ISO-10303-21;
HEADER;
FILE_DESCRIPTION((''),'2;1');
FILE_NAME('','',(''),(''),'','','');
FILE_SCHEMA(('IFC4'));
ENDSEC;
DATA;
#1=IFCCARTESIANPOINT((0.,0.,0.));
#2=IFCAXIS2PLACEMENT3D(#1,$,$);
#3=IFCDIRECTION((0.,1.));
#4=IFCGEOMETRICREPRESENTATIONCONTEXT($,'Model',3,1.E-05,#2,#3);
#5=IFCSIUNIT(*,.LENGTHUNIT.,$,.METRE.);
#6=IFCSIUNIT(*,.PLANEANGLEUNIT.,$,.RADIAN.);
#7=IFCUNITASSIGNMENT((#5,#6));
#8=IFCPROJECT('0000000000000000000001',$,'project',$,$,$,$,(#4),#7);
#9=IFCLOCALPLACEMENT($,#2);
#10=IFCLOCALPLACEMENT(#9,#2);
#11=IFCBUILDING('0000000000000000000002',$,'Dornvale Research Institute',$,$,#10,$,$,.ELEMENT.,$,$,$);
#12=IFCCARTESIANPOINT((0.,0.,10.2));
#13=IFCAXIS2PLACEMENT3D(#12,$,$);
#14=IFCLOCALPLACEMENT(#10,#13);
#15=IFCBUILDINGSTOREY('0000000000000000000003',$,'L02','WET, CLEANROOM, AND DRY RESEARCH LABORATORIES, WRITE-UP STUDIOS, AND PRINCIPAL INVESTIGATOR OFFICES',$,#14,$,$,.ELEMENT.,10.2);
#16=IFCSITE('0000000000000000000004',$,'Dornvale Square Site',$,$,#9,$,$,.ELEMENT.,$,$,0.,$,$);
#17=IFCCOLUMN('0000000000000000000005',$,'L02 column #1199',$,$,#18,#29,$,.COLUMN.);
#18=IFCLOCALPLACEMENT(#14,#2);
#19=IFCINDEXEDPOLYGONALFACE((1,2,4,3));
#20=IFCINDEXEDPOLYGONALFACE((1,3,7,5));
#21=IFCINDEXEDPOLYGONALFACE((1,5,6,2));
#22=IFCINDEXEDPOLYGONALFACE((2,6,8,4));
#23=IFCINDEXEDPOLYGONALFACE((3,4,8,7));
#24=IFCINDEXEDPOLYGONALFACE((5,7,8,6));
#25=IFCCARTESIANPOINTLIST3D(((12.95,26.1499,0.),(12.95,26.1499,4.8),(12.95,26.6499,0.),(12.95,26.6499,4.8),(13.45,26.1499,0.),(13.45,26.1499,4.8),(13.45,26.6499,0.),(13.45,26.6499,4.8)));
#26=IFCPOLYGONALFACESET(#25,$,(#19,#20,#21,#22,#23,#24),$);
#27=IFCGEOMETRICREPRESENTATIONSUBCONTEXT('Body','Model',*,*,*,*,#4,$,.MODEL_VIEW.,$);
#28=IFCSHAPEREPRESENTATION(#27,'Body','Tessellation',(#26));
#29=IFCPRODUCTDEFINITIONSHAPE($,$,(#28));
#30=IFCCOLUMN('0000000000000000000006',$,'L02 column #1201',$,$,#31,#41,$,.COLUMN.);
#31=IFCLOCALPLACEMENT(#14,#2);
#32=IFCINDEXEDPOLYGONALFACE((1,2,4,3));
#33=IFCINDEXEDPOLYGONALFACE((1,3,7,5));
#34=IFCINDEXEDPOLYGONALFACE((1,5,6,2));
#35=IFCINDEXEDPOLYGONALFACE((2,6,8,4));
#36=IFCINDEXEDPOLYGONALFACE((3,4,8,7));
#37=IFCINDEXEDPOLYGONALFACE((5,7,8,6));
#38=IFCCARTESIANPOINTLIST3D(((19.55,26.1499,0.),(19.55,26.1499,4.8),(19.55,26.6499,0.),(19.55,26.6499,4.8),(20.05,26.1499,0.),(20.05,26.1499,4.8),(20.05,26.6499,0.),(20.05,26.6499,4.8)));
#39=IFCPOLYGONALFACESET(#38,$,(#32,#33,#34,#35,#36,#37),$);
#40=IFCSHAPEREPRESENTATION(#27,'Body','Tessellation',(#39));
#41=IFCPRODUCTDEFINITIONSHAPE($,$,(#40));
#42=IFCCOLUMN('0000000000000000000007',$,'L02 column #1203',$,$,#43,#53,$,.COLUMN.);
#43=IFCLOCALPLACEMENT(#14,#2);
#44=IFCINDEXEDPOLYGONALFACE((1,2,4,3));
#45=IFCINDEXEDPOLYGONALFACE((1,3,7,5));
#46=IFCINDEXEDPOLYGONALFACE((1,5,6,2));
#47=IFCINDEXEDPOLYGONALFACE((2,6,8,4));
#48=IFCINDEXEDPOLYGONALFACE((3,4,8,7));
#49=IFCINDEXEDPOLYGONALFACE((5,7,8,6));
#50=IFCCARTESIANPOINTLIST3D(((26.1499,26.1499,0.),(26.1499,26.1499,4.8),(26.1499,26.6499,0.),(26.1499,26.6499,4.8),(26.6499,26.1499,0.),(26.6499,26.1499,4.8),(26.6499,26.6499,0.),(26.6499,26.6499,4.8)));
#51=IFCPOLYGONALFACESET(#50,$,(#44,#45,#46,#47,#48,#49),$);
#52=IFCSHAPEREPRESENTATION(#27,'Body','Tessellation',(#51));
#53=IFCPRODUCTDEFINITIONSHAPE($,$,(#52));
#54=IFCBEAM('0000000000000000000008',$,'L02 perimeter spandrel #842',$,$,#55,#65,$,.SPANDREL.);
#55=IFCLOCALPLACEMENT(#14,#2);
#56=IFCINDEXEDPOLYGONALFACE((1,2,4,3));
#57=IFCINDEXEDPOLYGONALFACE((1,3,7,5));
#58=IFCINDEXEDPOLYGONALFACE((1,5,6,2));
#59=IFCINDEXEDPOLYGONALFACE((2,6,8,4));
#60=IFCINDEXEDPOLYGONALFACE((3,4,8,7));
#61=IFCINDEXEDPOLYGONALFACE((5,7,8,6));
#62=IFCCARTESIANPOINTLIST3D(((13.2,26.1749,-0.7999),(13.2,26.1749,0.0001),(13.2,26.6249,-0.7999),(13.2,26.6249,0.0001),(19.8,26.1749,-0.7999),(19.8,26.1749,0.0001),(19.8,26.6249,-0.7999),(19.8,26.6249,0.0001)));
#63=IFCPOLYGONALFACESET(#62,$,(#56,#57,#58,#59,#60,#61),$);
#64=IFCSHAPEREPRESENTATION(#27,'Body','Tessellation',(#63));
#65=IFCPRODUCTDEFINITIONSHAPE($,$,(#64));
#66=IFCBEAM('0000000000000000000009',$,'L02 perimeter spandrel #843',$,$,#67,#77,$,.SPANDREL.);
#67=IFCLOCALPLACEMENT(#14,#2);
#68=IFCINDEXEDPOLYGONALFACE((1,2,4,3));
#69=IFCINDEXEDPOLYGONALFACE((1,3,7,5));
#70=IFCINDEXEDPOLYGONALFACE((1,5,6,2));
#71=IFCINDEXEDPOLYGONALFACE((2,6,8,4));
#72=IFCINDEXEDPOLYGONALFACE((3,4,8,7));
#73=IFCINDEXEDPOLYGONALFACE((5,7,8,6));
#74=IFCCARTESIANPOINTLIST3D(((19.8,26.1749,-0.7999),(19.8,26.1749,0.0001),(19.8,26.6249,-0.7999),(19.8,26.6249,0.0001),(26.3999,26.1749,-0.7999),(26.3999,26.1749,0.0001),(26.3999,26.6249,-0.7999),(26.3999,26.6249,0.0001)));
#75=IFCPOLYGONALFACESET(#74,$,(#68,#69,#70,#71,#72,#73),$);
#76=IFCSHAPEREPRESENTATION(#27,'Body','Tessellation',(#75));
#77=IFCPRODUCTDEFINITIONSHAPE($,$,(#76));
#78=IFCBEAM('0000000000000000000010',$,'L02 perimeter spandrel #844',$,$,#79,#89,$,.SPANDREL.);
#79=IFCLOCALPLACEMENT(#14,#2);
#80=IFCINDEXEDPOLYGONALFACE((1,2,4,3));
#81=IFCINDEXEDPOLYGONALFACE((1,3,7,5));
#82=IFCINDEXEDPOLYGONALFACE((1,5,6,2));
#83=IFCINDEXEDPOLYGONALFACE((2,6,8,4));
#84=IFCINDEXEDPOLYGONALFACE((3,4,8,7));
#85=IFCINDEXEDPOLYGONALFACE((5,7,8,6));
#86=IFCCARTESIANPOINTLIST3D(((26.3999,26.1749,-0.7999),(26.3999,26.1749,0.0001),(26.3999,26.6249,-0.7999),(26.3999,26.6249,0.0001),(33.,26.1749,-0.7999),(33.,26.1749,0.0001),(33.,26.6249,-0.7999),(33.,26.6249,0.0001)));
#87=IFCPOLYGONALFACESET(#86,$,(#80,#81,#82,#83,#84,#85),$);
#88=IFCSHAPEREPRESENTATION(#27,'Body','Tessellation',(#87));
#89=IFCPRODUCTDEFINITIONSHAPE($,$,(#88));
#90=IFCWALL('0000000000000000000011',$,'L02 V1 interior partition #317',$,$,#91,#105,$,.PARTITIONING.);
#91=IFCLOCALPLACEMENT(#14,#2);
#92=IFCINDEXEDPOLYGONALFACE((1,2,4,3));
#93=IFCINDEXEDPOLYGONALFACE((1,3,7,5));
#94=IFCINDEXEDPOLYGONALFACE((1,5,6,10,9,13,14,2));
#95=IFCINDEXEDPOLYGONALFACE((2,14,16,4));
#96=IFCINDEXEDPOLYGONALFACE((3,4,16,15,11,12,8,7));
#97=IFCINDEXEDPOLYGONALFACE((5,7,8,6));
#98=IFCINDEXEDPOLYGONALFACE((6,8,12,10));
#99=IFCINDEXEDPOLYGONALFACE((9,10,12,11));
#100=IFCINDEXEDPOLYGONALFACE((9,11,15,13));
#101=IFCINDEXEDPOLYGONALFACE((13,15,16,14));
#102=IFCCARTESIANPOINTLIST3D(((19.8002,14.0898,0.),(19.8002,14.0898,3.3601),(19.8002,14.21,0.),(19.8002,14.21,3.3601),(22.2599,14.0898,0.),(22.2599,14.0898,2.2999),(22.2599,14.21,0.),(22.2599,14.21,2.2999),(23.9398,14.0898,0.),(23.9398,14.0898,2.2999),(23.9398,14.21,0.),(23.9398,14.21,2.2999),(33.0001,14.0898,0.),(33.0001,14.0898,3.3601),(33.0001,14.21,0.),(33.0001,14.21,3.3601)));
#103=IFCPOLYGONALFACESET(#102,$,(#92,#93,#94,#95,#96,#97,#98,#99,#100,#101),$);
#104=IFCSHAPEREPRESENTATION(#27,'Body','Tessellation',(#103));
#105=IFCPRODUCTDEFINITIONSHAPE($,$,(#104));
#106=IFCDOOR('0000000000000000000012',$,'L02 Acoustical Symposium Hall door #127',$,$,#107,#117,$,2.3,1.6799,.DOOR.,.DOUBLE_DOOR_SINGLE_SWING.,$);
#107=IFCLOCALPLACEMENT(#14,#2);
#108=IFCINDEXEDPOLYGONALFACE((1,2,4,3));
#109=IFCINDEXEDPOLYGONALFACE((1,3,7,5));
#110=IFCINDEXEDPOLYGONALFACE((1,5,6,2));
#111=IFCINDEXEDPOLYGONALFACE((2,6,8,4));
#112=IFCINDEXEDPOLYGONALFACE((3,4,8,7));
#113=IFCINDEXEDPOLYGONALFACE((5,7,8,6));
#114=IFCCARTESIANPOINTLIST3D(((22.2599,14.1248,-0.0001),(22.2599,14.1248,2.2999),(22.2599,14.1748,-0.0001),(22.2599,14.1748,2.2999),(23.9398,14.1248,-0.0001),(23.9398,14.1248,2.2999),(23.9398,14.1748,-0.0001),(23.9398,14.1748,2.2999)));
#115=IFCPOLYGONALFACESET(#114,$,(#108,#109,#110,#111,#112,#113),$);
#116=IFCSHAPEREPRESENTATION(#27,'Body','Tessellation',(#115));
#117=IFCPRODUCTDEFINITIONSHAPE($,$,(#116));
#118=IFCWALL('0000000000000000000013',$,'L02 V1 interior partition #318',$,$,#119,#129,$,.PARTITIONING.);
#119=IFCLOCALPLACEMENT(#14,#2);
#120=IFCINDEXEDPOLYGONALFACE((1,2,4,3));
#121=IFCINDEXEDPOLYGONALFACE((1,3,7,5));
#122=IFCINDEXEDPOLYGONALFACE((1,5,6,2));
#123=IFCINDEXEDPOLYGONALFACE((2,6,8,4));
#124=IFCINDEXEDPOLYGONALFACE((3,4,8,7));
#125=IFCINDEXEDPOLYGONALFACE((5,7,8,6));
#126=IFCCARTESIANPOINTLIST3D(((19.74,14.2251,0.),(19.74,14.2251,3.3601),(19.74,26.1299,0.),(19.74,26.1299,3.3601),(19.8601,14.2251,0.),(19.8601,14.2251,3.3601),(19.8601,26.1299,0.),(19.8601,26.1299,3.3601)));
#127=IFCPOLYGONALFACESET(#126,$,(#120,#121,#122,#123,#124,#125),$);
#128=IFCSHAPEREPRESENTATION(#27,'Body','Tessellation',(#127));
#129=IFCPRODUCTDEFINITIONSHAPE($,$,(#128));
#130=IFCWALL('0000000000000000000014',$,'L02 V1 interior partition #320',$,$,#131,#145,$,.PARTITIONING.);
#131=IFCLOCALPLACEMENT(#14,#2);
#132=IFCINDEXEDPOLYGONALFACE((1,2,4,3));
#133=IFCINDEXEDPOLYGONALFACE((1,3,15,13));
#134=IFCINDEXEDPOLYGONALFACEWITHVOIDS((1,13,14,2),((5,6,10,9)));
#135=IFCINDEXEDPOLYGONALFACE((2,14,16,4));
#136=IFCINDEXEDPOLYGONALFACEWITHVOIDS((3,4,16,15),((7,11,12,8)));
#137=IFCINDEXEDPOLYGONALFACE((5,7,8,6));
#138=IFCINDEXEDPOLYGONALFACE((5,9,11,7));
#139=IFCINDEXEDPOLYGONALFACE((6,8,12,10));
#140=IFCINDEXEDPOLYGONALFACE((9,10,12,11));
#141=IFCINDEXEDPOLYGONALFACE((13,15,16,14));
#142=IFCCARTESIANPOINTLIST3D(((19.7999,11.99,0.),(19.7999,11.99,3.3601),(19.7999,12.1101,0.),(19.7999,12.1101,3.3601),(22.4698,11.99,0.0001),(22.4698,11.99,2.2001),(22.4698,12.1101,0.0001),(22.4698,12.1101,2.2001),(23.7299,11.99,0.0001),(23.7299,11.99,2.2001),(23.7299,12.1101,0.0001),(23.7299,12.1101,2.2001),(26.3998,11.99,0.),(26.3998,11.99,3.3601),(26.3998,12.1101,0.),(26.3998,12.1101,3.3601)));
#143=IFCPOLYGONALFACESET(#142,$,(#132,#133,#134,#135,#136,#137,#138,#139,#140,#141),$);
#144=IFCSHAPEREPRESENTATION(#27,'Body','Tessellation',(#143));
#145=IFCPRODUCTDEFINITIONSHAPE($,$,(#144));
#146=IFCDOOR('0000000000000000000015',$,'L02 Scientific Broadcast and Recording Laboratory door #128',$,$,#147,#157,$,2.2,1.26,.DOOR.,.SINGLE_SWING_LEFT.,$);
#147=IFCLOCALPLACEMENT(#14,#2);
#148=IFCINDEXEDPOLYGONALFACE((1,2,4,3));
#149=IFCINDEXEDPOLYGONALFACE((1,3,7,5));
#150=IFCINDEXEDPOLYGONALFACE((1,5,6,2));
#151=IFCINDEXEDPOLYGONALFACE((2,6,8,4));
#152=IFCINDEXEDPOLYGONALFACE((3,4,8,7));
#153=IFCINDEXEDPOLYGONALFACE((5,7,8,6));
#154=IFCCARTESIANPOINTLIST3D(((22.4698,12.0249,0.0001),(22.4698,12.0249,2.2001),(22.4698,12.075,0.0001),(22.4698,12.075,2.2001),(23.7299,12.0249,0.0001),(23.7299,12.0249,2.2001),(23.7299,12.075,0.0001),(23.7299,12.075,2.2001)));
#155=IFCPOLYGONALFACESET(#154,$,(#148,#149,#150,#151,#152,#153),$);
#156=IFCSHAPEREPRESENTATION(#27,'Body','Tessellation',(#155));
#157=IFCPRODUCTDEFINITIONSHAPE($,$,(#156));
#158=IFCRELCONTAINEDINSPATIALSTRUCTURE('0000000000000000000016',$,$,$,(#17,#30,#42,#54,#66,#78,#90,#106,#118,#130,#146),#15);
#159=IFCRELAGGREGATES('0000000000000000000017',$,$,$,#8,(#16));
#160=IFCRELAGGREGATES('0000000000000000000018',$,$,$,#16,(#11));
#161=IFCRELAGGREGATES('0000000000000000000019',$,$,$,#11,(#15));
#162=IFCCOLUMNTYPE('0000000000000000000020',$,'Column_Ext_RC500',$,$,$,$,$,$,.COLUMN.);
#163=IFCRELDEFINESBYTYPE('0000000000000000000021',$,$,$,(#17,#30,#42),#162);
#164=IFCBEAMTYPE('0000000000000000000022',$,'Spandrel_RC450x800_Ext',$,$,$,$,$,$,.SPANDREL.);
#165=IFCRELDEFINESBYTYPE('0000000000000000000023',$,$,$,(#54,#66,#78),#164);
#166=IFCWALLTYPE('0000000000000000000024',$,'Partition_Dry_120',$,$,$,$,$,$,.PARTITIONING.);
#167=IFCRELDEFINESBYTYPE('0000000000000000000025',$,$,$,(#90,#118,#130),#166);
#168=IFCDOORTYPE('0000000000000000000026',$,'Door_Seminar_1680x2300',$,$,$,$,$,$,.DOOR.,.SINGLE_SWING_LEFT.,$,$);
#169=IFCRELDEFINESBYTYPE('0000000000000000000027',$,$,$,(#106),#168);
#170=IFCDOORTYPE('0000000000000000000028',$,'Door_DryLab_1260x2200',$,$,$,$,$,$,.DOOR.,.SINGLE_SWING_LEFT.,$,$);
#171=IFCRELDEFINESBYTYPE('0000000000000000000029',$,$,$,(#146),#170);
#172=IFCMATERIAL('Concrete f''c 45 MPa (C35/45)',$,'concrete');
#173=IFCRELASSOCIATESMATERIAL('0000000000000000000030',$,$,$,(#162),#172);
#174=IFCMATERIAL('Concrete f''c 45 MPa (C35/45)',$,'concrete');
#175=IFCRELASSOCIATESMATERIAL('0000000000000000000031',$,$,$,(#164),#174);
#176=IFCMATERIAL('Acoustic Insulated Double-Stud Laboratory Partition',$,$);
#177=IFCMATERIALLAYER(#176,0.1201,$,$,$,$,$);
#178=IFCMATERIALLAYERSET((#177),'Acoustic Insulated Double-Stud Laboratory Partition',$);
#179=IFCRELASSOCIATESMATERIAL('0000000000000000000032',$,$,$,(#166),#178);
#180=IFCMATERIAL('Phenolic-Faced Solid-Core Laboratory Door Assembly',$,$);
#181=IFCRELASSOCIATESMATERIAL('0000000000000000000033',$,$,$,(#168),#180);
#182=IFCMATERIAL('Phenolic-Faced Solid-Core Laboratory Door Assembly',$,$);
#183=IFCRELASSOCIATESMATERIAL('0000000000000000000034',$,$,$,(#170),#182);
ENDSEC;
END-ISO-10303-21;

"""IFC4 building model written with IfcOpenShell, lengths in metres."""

from ifc_helpers import new_model, si_unit, direction, frame, frame_2d, origin, origin_2d, place, context, subcontext, project, spatial, rectangle, extrude, material, layer, layer_set, material_profile, profile_set, type_object, element, fill, save


model = new_model("IFC4")

# Units and contexts
model_context = context("Model", 3, precision=1e-05, world=origin(), true_north=direction((0.0, 1.0)))
body_context = subcontext(model_context, "Body", "Model", "MODEL_VIEW")
ifc_project = project(units=[si_unit("LENGTHUNIT", "METRE"), si_unit("PLANEANGLEUNIT", "RADIAN")], contexts=[model_context])

# Site, building, storey
site_placement = place(None, origin())
site = spatial("IfcSite", under=ifc_project, at=site_placement, Name="Dornvale Square Site", CompositionType="ELEMENT", RefElevation=0.0)
building_placement = place(site_placement, origin())
building = spatial("IfcBuilding", under=site, at=building_placement, Name="Dornvale Research Institute", CompositionType="ELEMENT")
storey_placement = place(building_placement, frame((0.0, 0.0, 10.2)))
storey = spatial("IfcBuildingStorey", under=building, at=storey_placement, Name="L02", Description="WET, CLEANROOM, AND DRY RESEARCH LABORATORIES, WRITE-UP STUDIOS, AND PRINCIPAL INVESTIGATOR OFFICES", CompositionType="ELEMENT", Elevation=10.2)

# Columns
ifc_material_1 = material(Name="Concrete f'c 45 MPa (C35/45)", Category="concrete")
ifc_material_profile_1 = material_profile(ifc_material_1, rectangle(XDim=0.5, YDim=0.5, at=origin_2d()), Name="RC 500x500")
ifc_profile_set_1 = profile_set([ifc_material_profile_1], Name="Concrete f'c 45 MPa (C35/45)")
column_type = type_object("IfcColumnType", Name="Column_Ext_RC500", PredefinedType="COLUMN", material=ifc_profile_set_1)
for number, where, z_axis, x_axis, name in (
    (1, (13.2, 26.3999, 0.0), (0.0, 0.0, 1.0), (1.0, 0.0, 0.0), "L02 column #1199"),
    (2, (19.8, 26.3999, 0.0), (0.0, 0.0, 1.0), (1.0, 0.0, 0.0), "L02 column #1201"),
    (3, (26.3999, 26.3999, 0.0), (0.0, 0.0, 1.0), (1.0, 0.0, 0.0), "L02 column #1203"),
):
    element("IfcColumn", number, at=place(storey_placement, frame(where, z_axis=z_axis, x_axis=x_axis)), inside=storey, type_object=column_type, Name=name, PredefinedType="COLUMN", context=body_context, shape_type="SweptSolid", body=[
        extrude(rectangle(XDim=0.5, YDim=0.5, at=origin_2d()), origin(), (0.0, 0.0, 1.0), 4.8),
    ])

# Beams
ifc_material_2 = material(Name="Concrete f'c 45 MPa (C35/45)", Category="concrete")
ifc_material_profile_2 = material_profile(ifc_material_2, rectangle(XDim=0.45, YDim=0.8, at=origin_2d()), Name="RC 450x800")
ifc_profile_set_2 = profile_set([ifc_material_profile_2], Name="Concrete f'c 45 MPa (C35/45)")
beam_type = type_object("IfcBeamType", Name="Spandrel_RC450x800_Ext", PredefinedType="SPANDREL", material=ifc_profile_set_2)
beam_1_placement = place(storey_placement, frame((13.2, 26.3999, -0.3999), z_axis=(1.0, 0.0, 0.0), x_axis=(0.0, 1.0, 0.0)))
element("IfcBeam", 4, at=beam_1_placement, inside=storey, type_object=beam_type, Name="L02 perimeter spandrel #842", PredefinedType="SPANDREL", context=body_context, shape_type="SweptSolid", body=[
    extrude(rectangle(XDim=0.45, YDim=0.8, at=origin_2d()), origin(), (0.0, 0.0, 1.0), 6.6001),
])
beam_2_placement = place(storey_placement, frame((19.8, 26.3999, -0.3999), z_axis=(1.0, 0.0, 0.0), x_axis=(0.0, 1.0, 0.0)))
element("IfcBeam", 5, at=beam_2_placement, inside=storey, type_object=beam_type, Name="L02 perimeter spandrel #843", PredefinedType="SPANDREL", context=body_context, shape_type="SweptSolid", body=[
    extrude(rectangle(XDim=0.45, YDim=0.8, at=origin_2d()), origin(), (0.0, 0.0, 1.0), 6.5999),
])
beam_3_placement = place(storey_placement, frame((26.3999, 26.3999, -0.3999), z_axis=(1.0, 0.0, 0.0), x_axis=(0.0, 1.0, 0.0)))
element("IfcBeam", 6, at=beam_3_placement, inside=storey, type_object=beam_type, Name="L02 perimeter spandrel #844", PredefinedType="SPANDREL", context=body_context, shape_type="SweptSolid", body=[
    extrude(rectangle(XDim=0.45, YDim=0.8, at=origin_2d()), origin(), (0.0, 0.0, 1.0), 6.6001),
])

# Wall, opening, door
ifc_material_3 = material(Name="Acoustic Insulated Double-Stud Laboratory Partition")
ifc_layer_1 = layer(ifc_material_3, 0.1201)
ifc_layer_set_1 = layer_set([ifc_layer_1], Name="Acoustic Insulated Double-Stud Laboratory Partition")
wall_type_1 = type_object("IfcWallType", Name="Partition_Dry_120", PredefinedType="PARTITIONING", material=ifc_layer_set_1)
wall_1_placement = place(storey_placement, frame((19.8, 14.1499, 0.0), z_axis=(0.0, 0.0, 1.0), x_axis=(1.0, 0.0, 0.0)))
wall_1 = element("IfcWall", 7, at=wall_1_placement, inside=storey, type_object=wall_type_1, Name="L02 V1 interior partition #317", PredefinedType="PARTITIONING", context=body_context, shape_type="SweptSolid", body=[
    extrude(rectangle(XDim=13.2, YDim=0.1201, at=frame_2d((6.6001, 0.0))), origin(), (0.0, 0.0, 1.0), 3.3601),
])
opening_1_placement = place(wall_1_placement, frame((2.46, 0.0, 0.0)))
opening_1 = element("IfcOpeningElement", 8, at=opening_1_placement, cuts=wall_1, PredefinedType="OPENING", context=body_context, shape_type="SweptSolid", body=[
    extrude(rectangle(XDim=1.6799, YDim=2.3, at=frame_2d((0.8398, 1.1499))), frame((0.0, 0.075, 0.0), z_axis=(0.0, -1.0, 0.0), x_axis=(1.0, 0.0, 0.0)), (0.0, 0.0, 1.0), 0.1501),
])
ifc_material_4 = material(Name="Phenolic-Faced Solid-Core Laboratory Door Assembly")
door_type_1 = type_object("IfcDoorType", Name="Door_Seminar_1680x2300", OperationType="SINGLE_SWING_LEFT", PredefinedType="DOOR", material=ifc_material_4)
door_1_placement = place(opening_1_placement, origin())
door_1 = element("IfcDoor", 9, at=door_1_placement, inside=storey, type_object=door_type_1, Name="L02 Acoustical Symposium Hall door #127", OperationType="DOUBLE_DOOR_SINGLE_SWING", OverallHeight=2.3, OverallWidth=1.6799, PredefinedType="DOOR", context=body_context, shape_type="SweptSolid", body=[
    extrude(rectangle(XDim=1.6799, YDim=2.3, at=frame_2d((0.8398, 1.1499))), frame((0.0, 0.0249, 0.0), z_axis=(0.0, -1.0, 0.0), x_axis=(1.0, 0.0, 0.0)), (0.0, 0.0, 1.0), 0.05),
])
fill(opening_1, door_1)

# Wall
wall_2_placement = place(storey_placement, frame((19.8, 14.2251, 0.0), z_axis=(0.0, 0.0, 1.0), x_axis=(0.0, 1.0, 0.0)))
element("IfcWall", 10, at=wall_2_placement, inside=storey, type_object=wall_type_1, Name="L02 V1 interior partition #318", PredefinedType="PARTITIONING", context=body_context, shape_type="SweptSolid", body=[
    extrude(rectangle(XDim=11.9048, YDim=0.1201, at=frame_2d((5.9524, 0.0))), origin(), (0.0, 0.0, 1.0), 3.3601),
])

# Wall, opening, door
wall_3_placement = place(storey_placement, frame((19.8, 12.05, 0.0), z_axis=(0.0, 0.0, 1.0), x_axis=(1.0, 0.0, 0.0)))
wall_3 = element("IfcWall", 11, at=wall_3_placement, inside=storey, type_object=wall_type_1, Name="L02 V1 interior partition #320", PredefinedType="PARTITIONING", context=body_context, shape_type="SweptSolid", body=[
    extrude(rectangle(XDim=6.5999, YDim=0.1201, at=frame_2d((3.2998, 0.0))), origin(), (0.0, 0.0, 1.0), 3.3601),
])
opening_2_placement = place(wall_3_placement, frame((2.6699, 0.0, 0.0)))
opening_2 = element("IfcOpeningElement", 12, at=opening_2_placement, cuts=wall_3, PredefinedType="OPENING", context=body_context, shape_type="SweptSolid", body=[
    extrude(rectangle(XDim=1.26, YDim=2.2, at=frame_2d((0.6299, 1.1001))), frame((0.0, 0.075, 0.0), z_axis=(0.0, -1.0, 0.0), x_axis=(1.0, 0.0, 0.0)), (0.0, 0.0, 1.0), 0.1501),
])
ifc_material_5 = material(Name="Phenolic-Faced Solid-Core Laboratory Door Assembly")
door_type_2 = type_object("IfcDoorType", Name="Door_DryLab_1260x2200", OperationType="SINGLE_SWING_LEFT", PredefinedType="DOOR", material=ifc_material_5)
door_2_placement = place(opening_2_placement, origin())
door_2 = element("IfcDoor", 13, at=door_2_placement, inside=storey, type_object=door_type_2, Name="L02 Scientific Broadcast and Recording Laboratory door #128", OperationType="SINGLE_SWING_LEFT", OverallHeight=2.2, OverallWidth=1.26, PredefinedType="DOOR", context=body_context, shape_type="SweptSolid", body=[
    extrude(rectangle(XDim=1.26, YDim=2.2, at=frame_2d((0.6299, 1.1001))), frame((0.0, 0.0249, 0.0), z_axis=(0.0, -1.0, 0.0), x_axis=(1.0, 0.0, 0.0)), (0.0, 0.0, 1.0), 0.05),
])
fill(opening_2, door_2)

save(model, "model.ifc")
